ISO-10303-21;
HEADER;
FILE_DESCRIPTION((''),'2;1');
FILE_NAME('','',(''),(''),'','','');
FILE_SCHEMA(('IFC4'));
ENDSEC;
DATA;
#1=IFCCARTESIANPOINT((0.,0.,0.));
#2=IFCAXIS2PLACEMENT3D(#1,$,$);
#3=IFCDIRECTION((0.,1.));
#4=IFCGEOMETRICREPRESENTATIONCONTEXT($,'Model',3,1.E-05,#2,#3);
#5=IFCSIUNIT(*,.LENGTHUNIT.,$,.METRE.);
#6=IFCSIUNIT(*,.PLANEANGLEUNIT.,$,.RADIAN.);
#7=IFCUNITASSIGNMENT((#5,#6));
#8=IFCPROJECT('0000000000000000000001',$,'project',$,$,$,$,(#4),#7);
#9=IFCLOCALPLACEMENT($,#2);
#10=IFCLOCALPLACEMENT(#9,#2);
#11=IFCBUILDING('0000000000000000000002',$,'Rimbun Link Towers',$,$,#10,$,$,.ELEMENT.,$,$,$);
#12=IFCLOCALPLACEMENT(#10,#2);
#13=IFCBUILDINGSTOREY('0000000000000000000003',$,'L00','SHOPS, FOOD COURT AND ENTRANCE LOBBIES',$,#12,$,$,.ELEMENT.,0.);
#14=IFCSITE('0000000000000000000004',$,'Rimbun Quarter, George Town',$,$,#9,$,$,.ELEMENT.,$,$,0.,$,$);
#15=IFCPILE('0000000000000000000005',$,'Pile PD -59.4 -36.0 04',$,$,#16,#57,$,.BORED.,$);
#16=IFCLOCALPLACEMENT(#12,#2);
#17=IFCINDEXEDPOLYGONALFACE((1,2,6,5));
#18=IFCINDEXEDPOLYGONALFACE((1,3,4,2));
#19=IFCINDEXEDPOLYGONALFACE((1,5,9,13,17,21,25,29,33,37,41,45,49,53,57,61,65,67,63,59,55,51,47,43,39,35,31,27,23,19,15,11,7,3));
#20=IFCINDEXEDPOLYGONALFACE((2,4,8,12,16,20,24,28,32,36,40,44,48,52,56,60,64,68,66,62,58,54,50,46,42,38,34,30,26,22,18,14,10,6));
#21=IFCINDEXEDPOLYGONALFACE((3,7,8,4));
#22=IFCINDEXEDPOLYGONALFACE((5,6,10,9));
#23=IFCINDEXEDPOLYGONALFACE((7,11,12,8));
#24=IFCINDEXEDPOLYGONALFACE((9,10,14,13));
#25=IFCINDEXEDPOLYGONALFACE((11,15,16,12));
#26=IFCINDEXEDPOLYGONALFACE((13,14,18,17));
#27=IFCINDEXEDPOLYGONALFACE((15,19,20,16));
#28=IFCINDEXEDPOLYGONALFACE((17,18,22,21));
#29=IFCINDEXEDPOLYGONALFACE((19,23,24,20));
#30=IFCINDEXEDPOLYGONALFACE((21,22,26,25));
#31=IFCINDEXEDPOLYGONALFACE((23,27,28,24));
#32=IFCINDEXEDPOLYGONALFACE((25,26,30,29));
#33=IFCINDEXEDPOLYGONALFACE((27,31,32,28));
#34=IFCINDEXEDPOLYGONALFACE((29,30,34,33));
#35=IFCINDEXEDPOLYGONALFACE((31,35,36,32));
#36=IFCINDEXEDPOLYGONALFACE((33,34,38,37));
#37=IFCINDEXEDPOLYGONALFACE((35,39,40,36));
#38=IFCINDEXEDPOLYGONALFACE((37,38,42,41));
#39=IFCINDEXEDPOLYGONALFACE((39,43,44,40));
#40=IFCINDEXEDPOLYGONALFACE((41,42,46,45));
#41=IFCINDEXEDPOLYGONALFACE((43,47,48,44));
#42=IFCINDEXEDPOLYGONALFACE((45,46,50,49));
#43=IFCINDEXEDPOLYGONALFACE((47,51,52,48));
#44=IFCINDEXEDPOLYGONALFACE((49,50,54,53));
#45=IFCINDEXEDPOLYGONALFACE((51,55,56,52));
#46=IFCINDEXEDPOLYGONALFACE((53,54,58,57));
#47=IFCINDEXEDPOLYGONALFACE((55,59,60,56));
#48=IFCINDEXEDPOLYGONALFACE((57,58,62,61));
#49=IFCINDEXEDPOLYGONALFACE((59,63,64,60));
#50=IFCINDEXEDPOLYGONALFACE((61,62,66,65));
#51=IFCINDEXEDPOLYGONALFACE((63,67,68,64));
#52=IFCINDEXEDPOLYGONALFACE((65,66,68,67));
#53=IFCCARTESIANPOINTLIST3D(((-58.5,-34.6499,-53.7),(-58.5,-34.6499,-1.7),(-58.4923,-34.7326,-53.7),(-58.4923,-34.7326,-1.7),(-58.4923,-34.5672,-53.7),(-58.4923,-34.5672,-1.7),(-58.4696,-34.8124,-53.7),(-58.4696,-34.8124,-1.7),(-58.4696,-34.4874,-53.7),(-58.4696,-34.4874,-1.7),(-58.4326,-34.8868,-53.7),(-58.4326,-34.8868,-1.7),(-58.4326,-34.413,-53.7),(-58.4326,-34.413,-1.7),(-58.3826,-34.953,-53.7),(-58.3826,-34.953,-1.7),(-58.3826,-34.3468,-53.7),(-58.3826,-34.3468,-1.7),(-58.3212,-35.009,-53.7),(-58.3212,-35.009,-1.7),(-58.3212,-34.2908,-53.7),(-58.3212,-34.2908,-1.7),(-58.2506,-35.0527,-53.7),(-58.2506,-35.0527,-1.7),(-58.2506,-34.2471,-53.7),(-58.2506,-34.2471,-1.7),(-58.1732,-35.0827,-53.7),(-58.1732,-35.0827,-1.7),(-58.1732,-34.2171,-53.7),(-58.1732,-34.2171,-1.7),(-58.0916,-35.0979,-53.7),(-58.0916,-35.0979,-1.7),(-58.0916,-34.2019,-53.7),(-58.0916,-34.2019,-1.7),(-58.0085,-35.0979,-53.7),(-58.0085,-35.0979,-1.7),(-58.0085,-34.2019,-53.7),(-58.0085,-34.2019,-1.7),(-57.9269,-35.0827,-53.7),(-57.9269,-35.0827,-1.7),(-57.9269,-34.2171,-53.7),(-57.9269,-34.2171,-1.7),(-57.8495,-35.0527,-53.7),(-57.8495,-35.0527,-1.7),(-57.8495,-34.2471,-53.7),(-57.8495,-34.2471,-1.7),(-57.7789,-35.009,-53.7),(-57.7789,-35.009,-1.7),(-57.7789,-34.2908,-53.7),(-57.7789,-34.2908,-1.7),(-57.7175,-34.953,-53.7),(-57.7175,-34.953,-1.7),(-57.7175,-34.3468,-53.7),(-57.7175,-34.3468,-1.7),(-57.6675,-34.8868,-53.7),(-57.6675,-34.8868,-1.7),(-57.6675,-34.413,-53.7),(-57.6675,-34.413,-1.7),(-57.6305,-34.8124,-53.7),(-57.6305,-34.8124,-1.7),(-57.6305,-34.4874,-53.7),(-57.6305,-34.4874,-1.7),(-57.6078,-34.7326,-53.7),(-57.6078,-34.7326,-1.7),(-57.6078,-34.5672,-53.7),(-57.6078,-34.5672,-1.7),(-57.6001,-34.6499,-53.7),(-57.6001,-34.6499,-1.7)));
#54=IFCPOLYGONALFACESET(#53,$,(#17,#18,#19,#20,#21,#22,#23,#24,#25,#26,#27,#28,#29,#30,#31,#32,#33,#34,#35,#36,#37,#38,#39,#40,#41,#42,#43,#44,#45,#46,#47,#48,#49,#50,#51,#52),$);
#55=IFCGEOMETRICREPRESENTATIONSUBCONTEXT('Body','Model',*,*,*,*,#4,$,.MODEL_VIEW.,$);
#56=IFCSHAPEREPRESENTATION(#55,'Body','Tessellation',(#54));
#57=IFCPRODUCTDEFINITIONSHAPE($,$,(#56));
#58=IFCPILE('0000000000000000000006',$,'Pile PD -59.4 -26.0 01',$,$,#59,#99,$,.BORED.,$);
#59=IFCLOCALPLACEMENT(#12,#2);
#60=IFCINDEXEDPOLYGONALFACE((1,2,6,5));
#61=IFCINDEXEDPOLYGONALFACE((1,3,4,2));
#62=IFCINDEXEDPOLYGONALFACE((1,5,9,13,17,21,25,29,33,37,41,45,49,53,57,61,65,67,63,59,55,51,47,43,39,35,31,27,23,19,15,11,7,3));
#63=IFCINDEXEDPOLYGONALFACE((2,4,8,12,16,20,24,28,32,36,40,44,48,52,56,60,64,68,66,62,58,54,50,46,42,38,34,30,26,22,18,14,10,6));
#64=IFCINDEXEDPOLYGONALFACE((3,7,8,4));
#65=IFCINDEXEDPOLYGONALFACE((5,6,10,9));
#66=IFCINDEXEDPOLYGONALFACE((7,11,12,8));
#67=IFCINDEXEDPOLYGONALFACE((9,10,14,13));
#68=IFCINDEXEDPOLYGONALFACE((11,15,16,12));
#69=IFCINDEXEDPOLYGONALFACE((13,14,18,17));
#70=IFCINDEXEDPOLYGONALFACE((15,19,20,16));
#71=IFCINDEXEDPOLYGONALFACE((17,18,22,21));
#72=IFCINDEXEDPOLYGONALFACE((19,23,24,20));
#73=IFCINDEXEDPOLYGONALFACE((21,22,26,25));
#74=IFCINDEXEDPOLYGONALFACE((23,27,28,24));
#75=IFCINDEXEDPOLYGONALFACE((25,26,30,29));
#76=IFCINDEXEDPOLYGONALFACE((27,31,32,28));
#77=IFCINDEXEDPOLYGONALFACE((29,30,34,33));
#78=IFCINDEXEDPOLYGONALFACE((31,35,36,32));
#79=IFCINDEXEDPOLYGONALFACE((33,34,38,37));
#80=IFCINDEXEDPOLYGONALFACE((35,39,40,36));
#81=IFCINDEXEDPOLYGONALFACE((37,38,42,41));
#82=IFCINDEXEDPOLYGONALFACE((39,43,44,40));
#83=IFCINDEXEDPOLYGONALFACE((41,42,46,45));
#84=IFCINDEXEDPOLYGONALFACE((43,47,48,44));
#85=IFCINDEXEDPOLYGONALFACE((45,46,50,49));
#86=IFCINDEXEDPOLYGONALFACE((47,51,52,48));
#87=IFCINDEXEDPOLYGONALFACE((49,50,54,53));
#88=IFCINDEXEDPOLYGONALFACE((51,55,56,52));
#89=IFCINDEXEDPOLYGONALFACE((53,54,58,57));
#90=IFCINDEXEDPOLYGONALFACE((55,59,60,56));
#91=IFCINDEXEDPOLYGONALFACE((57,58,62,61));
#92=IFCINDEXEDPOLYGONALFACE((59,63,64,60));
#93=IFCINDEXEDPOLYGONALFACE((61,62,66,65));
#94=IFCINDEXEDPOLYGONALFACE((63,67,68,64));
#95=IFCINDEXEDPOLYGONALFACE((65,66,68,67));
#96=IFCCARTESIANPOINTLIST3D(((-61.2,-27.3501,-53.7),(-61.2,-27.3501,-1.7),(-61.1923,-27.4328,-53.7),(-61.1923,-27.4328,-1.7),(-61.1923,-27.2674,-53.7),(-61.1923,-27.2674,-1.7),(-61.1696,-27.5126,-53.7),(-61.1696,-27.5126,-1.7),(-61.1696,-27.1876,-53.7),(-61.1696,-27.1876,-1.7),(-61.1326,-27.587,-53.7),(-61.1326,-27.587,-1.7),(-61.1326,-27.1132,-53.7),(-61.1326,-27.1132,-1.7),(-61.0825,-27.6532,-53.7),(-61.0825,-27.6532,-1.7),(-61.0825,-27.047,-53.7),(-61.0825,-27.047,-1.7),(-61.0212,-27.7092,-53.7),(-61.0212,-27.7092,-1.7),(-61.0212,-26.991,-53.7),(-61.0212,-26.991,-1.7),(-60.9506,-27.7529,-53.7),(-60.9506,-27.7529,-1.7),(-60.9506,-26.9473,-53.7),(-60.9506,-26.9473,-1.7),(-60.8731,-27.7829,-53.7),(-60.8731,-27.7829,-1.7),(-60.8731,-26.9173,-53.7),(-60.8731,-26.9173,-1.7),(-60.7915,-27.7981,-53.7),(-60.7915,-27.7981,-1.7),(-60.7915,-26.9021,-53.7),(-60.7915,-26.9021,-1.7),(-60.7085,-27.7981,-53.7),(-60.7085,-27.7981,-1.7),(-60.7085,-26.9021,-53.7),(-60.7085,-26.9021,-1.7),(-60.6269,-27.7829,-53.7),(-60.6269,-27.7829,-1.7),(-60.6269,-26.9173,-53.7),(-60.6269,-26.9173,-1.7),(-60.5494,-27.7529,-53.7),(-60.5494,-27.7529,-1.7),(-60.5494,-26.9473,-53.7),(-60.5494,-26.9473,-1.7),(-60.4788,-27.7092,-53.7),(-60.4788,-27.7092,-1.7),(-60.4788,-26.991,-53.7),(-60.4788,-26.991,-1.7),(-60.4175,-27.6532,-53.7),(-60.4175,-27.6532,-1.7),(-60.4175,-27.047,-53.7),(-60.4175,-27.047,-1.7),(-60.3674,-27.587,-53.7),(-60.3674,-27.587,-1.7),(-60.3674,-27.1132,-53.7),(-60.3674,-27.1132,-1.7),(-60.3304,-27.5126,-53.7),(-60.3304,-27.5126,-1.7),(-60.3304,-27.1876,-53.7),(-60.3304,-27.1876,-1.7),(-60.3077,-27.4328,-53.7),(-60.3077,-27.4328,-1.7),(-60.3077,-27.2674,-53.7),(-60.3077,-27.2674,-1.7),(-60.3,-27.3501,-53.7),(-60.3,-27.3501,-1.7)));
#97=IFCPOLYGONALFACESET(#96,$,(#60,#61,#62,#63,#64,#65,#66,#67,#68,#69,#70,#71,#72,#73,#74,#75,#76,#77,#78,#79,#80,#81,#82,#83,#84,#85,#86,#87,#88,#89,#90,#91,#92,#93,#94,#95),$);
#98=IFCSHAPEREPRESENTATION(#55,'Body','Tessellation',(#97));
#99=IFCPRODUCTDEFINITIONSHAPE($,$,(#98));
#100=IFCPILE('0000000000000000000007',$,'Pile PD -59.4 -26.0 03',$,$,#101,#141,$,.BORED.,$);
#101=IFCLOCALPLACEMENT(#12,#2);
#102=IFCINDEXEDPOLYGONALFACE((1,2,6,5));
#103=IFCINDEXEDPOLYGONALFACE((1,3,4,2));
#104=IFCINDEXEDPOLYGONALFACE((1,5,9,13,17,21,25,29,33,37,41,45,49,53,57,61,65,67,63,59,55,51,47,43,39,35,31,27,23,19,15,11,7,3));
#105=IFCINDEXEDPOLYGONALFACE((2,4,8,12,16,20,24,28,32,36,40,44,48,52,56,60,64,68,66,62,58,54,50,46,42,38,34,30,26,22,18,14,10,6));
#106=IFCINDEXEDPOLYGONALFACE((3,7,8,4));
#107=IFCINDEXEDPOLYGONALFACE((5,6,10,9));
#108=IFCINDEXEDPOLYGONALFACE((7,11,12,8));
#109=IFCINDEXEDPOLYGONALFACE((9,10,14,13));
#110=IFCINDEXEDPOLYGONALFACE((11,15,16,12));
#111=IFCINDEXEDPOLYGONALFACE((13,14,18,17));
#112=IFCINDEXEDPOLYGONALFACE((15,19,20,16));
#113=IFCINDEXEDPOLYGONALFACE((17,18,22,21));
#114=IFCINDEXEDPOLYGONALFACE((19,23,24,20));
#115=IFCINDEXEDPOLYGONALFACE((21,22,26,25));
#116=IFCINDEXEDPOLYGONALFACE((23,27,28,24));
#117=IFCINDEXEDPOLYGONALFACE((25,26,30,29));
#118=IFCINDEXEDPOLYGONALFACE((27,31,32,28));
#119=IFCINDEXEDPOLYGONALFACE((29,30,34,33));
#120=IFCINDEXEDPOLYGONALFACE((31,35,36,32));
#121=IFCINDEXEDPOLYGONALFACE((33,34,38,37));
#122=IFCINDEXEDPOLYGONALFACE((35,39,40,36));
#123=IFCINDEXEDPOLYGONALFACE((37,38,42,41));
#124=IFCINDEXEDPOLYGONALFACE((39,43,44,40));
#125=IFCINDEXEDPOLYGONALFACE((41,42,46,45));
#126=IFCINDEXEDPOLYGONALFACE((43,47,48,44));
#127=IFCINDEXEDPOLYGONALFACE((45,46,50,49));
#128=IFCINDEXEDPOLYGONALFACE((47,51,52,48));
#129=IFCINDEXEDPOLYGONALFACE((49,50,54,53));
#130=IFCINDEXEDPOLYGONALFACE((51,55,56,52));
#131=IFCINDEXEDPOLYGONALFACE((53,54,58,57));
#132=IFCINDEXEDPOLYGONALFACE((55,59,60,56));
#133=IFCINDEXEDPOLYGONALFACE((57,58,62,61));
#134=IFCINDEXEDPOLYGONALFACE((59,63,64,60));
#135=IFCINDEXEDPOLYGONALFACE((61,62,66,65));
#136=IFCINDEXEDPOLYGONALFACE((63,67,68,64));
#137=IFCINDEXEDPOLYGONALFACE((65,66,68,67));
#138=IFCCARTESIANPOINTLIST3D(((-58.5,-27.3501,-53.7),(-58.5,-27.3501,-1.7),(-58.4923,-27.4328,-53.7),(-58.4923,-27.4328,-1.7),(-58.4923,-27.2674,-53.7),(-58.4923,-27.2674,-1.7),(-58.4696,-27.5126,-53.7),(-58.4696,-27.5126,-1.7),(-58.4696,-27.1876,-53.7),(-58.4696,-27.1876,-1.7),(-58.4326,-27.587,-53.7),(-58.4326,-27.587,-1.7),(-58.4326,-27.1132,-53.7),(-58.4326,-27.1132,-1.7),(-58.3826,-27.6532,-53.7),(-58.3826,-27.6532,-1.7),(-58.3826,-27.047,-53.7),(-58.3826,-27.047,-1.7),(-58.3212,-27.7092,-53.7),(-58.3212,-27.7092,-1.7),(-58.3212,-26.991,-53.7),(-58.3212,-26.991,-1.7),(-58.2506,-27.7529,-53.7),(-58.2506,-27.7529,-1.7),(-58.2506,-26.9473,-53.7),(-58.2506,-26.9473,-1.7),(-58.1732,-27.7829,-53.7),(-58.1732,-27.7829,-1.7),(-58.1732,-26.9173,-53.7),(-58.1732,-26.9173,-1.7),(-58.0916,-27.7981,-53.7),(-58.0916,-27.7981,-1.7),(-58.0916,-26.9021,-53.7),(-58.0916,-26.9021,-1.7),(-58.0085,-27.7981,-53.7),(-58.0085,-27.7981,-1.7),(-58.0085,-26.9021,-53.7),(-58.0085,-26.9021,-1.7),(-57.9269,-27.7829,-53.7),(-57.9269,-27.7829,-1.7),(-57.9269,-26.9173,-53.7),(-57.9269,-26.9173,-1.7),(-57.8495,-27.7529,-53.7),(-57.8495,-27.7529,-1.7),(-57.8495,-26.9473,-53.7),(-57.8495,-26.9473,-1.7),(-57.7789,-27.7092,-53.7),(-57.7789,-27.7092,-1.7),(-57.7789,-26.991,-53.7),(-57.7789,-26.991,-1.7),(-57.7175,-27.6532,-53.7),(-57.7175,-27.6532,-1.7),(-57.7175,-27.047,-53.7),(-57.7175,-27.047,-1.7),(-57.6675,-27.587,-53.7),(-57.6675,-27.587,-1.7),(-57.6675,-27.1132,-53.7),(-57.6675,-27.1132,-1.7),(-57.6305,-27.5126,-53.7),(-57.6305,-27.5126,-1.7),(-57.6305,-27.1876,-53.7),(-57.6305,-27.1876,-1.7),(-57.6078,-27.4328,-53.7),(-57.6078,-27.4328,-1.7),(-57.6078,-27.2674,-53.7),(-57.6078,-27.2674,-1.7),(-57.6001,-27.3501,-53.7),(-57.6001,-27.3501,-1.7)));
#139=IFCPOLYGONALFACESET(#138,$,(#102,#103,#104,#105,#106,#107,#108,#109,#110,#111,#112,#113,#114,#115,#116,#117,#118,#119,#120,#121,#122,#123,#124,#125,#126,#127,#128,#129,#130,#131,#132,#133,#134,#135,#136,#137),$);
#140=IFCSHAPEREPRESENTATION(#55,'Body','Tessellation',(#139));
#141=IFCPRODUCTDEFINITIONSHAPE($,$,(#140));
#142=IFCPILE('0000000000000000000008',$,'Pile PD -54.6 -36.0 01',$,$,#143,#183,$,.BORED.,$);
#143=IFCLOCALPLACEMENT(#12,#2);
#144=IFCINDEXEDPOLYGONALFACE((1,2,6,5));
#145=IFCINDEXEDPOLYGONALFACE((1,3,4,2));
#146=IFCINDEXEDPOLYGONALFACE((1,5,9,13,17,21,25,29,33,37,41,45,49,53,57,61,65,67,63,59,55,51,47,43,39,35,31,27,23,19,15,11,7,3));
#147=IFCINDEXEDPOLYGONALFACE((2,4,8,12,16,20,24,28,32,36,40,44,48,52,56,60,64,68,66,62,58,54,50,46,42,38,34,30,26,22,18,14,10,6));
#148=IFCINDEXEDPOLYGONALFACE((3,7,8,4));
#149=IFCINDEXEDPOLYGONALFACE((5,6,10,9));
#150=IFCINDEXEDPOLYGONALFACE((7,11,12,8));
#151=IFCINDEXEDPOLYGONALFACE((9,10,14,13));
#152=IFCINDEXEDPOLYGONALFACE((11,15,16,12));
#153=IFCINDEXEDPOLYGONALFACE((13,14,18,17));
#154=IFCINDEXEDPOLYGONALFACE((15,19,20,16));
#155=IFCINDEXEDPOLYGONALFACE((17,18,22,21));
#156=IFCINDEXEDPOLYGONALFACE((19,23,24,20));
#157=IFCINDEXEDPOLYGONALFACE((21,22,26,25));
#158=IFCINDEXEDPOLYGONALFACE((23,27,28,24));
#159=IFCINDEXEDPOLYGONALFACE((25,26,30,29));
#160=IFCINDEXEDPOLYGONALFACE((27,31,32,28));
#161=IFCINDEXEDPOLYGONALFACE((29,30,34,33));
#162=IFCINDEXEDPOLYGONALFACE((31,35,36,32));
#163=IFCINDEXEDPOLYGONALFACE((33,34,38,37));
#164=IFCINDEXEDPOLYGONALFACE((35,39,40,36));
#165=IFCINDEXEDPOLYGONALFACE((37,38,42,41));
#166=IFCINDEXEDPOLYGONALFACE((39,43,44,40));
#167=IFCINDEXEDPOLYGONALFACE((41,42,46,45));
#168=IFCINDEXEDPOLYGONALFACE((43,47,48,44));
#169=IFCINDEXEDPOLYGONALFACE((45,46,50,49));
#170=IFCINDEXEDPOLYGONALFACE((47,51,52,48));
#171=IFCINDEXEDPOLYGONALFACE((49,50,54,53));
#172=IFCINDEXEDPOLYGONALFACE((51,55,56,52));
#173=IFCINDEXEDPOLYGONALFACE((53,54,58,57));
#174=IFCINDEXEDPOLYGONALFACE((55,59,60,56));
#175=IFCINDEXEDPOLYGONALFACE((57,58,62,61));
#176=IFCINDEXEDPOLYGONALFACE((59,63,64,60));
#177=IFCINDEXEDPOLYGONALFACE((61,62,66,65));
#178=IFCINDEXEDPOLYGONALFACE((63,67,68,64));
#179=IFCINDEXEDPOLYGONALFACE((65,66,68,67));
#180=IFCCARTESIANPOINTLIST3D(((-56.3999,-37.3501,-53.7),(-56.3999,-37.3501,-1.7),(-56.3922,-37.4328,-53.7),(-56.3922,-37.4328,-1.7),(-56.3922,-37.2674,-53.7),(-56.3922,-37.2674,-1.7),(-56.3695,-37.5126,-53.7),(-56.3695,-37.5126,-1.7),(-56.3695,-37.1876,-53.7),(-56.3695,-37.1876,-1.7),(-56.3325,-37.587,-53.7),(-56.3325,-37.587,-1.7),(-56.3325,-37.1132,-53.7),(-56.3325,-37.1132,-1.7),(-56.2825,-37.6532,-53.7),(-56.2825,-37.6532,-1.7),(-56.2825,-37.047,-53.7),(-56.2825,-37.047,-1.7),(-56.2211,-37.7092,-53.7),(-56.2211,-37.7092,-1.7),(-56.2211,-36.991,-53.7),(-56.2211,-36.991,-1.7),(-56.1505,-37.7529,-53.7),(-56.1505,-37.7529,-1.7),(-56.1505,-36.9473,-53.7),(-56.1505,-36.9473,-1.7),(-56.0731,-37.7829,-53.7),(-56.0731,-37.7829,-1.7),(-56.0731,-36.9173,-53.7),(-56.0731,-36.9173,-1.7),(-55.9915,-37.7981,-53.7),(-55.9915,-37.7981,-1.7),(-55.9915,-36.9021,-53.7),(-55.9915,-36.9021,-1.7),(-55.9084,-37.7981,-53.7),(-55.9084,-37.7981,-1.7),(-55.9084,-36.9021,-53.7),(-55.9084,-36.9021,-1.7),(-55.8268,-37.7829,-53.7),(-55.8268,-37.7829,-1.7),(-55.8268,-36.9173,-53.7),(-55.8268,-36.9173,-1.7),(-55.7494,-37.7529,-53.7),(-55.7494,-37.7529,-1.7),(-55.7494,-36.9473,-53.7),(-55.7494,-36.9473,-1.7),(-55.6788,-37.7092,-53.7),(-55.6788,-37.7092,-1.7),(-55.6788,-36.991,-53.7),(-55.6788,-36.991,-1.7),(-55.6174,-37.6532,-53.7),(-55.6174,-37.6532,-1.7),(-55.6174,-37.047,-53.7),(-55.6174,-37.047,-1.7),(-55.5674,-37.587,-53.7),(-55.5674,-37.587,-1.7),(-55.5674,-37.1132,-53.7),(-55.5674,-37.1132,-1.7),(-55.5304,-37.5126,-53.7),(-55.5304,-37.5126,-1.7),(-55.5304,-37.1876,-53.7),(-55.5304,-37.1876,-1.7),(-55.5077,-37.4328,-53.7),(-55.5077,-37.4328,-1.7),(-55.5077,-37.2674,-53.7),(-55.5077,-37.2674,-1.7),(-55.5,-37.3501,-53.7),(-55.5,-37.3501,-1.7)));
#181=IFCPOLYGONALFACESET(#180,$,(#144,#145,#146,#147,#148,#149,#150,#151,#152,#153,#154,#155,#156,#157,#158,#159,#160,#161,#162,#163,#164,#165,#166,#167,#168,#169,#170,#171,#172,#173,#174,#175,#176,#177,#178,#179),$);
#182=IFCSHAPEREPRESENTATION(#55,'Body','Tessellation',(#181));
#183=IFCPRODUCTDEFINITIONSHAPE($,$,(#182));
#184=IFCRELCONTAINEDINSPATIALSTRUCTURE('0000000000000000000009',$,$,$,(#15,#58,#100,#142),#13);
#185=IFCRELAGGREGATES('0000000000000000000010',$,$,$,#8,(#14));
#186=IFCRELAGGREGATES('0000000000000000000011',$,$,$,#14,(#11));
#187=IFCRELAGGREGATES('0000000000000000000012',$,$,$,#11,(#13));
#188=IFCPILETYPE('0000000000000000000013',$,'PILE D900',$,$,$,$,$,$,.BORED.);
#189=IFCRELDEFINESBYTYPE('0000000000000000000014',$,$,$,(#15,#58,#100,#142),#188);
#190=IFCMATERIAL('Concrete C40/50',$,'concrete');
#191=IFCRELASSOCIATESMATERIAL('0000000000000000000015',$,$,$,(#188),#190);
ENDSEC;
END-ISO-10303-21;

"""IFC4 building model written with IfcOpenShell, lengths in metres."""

from ifc_helpers import new_model, si_unit, direction, frame, origin, origin_2d, place, context, subcontext, project, spatial, circle, extrude, material, material_profile, profile_set, type_object, element, save


model = new_model("IFC4")

# Units and contexts
model_context = context("Model", 3, precision=1e-05, world=origin(), true_north=direction((0.0, 1.0)))
body_context = subcontext(model_context, "Body", "Model", "MODEL_VIEW")
ifc_project = project(units=[si_unit("LENGTHUNIT", "METRE"), si_unit("PLANEANGLEUNIT", "RADIAN")], contexts=[model_context])

# Site, building, storey
site_placement = place(None, origin())
site = spatial("IfcSite", under=ifc_project, at=site_placement, Name="Rimbun Quarter, George Town", CompositionType="ELEMENT", RefElevation=0.0)
building_placement = place(site_placement, origin())
building = spatial("IfcBuilding", under=site, at=building_placement, Name="Rimbun Link Towers", CompositionType="ELEMENT")
storey_placement = place(building_placement, origin())
storey = spatial("IfcBuildingStorey", under=building, at=storey_placement, Name="L00", Description="SHOPS, FOOD COURT AND ENTRANCE LOBBIES", CompositionType="ELEMENT", Elevation=0.0)

# Piles
ifc_material_1 = material(Name="Concrete C40/50", Category="concrete")
ifc_material_profile_1 = material_profile(ifc_material_1, circle(Radius=0.45, at=origin_2d()), Name="PILE D900")
ifc_profile_set_1 = profile_set([ifc_material_profile_1], Name="Concrete C40/50")
pile_type = type_object("IfcPileType", Name="PILE D900", PredefinedType="BORED", material=ifc_profile_set_1)
for number, where, z_axis, x_axis, name in (
    (1, (-58.05, -34.6499, -1.7), (0.0, 0.0, -1.0), (1.0, 0.0, 0.0), "Pile PD -59.4 -36.0 04"),
    (2, (-60.75, -27.3501, -1.7), (0.0, 0.0, -1.0), (1.0, 0.0, 0.0), "Pile PD -59.4 -26.0 01"),
    (3, (-58.05, -27.3501, -1.7), (0.0, 0.0, -1.0), (1.0, 0.0, 0.0), "Pile PD -59.4 -26.0 03"),
    (4, (-55.95, -37.3501, -1.7), (0.0, 0.0, -1.0), (1.0, 0.0, 0.0), "Pile PD -54.6 -36.0 01"),
):
    element("IfcPile", number, at=place(storey_placement, frame(where, z_axis=z_axis, x_axis=x_axis)), inside=storey, type_object=pile_type, Name=name, PredefinedType="BORED", context=body_context, shape_type="SweptSolid", body=[
        extrude(circle(Radius=0.45, at=origin_2d()), origin(), (0.0, 0.0, 1.0), 52.0),
    ])

save(model, "model.ifc")
